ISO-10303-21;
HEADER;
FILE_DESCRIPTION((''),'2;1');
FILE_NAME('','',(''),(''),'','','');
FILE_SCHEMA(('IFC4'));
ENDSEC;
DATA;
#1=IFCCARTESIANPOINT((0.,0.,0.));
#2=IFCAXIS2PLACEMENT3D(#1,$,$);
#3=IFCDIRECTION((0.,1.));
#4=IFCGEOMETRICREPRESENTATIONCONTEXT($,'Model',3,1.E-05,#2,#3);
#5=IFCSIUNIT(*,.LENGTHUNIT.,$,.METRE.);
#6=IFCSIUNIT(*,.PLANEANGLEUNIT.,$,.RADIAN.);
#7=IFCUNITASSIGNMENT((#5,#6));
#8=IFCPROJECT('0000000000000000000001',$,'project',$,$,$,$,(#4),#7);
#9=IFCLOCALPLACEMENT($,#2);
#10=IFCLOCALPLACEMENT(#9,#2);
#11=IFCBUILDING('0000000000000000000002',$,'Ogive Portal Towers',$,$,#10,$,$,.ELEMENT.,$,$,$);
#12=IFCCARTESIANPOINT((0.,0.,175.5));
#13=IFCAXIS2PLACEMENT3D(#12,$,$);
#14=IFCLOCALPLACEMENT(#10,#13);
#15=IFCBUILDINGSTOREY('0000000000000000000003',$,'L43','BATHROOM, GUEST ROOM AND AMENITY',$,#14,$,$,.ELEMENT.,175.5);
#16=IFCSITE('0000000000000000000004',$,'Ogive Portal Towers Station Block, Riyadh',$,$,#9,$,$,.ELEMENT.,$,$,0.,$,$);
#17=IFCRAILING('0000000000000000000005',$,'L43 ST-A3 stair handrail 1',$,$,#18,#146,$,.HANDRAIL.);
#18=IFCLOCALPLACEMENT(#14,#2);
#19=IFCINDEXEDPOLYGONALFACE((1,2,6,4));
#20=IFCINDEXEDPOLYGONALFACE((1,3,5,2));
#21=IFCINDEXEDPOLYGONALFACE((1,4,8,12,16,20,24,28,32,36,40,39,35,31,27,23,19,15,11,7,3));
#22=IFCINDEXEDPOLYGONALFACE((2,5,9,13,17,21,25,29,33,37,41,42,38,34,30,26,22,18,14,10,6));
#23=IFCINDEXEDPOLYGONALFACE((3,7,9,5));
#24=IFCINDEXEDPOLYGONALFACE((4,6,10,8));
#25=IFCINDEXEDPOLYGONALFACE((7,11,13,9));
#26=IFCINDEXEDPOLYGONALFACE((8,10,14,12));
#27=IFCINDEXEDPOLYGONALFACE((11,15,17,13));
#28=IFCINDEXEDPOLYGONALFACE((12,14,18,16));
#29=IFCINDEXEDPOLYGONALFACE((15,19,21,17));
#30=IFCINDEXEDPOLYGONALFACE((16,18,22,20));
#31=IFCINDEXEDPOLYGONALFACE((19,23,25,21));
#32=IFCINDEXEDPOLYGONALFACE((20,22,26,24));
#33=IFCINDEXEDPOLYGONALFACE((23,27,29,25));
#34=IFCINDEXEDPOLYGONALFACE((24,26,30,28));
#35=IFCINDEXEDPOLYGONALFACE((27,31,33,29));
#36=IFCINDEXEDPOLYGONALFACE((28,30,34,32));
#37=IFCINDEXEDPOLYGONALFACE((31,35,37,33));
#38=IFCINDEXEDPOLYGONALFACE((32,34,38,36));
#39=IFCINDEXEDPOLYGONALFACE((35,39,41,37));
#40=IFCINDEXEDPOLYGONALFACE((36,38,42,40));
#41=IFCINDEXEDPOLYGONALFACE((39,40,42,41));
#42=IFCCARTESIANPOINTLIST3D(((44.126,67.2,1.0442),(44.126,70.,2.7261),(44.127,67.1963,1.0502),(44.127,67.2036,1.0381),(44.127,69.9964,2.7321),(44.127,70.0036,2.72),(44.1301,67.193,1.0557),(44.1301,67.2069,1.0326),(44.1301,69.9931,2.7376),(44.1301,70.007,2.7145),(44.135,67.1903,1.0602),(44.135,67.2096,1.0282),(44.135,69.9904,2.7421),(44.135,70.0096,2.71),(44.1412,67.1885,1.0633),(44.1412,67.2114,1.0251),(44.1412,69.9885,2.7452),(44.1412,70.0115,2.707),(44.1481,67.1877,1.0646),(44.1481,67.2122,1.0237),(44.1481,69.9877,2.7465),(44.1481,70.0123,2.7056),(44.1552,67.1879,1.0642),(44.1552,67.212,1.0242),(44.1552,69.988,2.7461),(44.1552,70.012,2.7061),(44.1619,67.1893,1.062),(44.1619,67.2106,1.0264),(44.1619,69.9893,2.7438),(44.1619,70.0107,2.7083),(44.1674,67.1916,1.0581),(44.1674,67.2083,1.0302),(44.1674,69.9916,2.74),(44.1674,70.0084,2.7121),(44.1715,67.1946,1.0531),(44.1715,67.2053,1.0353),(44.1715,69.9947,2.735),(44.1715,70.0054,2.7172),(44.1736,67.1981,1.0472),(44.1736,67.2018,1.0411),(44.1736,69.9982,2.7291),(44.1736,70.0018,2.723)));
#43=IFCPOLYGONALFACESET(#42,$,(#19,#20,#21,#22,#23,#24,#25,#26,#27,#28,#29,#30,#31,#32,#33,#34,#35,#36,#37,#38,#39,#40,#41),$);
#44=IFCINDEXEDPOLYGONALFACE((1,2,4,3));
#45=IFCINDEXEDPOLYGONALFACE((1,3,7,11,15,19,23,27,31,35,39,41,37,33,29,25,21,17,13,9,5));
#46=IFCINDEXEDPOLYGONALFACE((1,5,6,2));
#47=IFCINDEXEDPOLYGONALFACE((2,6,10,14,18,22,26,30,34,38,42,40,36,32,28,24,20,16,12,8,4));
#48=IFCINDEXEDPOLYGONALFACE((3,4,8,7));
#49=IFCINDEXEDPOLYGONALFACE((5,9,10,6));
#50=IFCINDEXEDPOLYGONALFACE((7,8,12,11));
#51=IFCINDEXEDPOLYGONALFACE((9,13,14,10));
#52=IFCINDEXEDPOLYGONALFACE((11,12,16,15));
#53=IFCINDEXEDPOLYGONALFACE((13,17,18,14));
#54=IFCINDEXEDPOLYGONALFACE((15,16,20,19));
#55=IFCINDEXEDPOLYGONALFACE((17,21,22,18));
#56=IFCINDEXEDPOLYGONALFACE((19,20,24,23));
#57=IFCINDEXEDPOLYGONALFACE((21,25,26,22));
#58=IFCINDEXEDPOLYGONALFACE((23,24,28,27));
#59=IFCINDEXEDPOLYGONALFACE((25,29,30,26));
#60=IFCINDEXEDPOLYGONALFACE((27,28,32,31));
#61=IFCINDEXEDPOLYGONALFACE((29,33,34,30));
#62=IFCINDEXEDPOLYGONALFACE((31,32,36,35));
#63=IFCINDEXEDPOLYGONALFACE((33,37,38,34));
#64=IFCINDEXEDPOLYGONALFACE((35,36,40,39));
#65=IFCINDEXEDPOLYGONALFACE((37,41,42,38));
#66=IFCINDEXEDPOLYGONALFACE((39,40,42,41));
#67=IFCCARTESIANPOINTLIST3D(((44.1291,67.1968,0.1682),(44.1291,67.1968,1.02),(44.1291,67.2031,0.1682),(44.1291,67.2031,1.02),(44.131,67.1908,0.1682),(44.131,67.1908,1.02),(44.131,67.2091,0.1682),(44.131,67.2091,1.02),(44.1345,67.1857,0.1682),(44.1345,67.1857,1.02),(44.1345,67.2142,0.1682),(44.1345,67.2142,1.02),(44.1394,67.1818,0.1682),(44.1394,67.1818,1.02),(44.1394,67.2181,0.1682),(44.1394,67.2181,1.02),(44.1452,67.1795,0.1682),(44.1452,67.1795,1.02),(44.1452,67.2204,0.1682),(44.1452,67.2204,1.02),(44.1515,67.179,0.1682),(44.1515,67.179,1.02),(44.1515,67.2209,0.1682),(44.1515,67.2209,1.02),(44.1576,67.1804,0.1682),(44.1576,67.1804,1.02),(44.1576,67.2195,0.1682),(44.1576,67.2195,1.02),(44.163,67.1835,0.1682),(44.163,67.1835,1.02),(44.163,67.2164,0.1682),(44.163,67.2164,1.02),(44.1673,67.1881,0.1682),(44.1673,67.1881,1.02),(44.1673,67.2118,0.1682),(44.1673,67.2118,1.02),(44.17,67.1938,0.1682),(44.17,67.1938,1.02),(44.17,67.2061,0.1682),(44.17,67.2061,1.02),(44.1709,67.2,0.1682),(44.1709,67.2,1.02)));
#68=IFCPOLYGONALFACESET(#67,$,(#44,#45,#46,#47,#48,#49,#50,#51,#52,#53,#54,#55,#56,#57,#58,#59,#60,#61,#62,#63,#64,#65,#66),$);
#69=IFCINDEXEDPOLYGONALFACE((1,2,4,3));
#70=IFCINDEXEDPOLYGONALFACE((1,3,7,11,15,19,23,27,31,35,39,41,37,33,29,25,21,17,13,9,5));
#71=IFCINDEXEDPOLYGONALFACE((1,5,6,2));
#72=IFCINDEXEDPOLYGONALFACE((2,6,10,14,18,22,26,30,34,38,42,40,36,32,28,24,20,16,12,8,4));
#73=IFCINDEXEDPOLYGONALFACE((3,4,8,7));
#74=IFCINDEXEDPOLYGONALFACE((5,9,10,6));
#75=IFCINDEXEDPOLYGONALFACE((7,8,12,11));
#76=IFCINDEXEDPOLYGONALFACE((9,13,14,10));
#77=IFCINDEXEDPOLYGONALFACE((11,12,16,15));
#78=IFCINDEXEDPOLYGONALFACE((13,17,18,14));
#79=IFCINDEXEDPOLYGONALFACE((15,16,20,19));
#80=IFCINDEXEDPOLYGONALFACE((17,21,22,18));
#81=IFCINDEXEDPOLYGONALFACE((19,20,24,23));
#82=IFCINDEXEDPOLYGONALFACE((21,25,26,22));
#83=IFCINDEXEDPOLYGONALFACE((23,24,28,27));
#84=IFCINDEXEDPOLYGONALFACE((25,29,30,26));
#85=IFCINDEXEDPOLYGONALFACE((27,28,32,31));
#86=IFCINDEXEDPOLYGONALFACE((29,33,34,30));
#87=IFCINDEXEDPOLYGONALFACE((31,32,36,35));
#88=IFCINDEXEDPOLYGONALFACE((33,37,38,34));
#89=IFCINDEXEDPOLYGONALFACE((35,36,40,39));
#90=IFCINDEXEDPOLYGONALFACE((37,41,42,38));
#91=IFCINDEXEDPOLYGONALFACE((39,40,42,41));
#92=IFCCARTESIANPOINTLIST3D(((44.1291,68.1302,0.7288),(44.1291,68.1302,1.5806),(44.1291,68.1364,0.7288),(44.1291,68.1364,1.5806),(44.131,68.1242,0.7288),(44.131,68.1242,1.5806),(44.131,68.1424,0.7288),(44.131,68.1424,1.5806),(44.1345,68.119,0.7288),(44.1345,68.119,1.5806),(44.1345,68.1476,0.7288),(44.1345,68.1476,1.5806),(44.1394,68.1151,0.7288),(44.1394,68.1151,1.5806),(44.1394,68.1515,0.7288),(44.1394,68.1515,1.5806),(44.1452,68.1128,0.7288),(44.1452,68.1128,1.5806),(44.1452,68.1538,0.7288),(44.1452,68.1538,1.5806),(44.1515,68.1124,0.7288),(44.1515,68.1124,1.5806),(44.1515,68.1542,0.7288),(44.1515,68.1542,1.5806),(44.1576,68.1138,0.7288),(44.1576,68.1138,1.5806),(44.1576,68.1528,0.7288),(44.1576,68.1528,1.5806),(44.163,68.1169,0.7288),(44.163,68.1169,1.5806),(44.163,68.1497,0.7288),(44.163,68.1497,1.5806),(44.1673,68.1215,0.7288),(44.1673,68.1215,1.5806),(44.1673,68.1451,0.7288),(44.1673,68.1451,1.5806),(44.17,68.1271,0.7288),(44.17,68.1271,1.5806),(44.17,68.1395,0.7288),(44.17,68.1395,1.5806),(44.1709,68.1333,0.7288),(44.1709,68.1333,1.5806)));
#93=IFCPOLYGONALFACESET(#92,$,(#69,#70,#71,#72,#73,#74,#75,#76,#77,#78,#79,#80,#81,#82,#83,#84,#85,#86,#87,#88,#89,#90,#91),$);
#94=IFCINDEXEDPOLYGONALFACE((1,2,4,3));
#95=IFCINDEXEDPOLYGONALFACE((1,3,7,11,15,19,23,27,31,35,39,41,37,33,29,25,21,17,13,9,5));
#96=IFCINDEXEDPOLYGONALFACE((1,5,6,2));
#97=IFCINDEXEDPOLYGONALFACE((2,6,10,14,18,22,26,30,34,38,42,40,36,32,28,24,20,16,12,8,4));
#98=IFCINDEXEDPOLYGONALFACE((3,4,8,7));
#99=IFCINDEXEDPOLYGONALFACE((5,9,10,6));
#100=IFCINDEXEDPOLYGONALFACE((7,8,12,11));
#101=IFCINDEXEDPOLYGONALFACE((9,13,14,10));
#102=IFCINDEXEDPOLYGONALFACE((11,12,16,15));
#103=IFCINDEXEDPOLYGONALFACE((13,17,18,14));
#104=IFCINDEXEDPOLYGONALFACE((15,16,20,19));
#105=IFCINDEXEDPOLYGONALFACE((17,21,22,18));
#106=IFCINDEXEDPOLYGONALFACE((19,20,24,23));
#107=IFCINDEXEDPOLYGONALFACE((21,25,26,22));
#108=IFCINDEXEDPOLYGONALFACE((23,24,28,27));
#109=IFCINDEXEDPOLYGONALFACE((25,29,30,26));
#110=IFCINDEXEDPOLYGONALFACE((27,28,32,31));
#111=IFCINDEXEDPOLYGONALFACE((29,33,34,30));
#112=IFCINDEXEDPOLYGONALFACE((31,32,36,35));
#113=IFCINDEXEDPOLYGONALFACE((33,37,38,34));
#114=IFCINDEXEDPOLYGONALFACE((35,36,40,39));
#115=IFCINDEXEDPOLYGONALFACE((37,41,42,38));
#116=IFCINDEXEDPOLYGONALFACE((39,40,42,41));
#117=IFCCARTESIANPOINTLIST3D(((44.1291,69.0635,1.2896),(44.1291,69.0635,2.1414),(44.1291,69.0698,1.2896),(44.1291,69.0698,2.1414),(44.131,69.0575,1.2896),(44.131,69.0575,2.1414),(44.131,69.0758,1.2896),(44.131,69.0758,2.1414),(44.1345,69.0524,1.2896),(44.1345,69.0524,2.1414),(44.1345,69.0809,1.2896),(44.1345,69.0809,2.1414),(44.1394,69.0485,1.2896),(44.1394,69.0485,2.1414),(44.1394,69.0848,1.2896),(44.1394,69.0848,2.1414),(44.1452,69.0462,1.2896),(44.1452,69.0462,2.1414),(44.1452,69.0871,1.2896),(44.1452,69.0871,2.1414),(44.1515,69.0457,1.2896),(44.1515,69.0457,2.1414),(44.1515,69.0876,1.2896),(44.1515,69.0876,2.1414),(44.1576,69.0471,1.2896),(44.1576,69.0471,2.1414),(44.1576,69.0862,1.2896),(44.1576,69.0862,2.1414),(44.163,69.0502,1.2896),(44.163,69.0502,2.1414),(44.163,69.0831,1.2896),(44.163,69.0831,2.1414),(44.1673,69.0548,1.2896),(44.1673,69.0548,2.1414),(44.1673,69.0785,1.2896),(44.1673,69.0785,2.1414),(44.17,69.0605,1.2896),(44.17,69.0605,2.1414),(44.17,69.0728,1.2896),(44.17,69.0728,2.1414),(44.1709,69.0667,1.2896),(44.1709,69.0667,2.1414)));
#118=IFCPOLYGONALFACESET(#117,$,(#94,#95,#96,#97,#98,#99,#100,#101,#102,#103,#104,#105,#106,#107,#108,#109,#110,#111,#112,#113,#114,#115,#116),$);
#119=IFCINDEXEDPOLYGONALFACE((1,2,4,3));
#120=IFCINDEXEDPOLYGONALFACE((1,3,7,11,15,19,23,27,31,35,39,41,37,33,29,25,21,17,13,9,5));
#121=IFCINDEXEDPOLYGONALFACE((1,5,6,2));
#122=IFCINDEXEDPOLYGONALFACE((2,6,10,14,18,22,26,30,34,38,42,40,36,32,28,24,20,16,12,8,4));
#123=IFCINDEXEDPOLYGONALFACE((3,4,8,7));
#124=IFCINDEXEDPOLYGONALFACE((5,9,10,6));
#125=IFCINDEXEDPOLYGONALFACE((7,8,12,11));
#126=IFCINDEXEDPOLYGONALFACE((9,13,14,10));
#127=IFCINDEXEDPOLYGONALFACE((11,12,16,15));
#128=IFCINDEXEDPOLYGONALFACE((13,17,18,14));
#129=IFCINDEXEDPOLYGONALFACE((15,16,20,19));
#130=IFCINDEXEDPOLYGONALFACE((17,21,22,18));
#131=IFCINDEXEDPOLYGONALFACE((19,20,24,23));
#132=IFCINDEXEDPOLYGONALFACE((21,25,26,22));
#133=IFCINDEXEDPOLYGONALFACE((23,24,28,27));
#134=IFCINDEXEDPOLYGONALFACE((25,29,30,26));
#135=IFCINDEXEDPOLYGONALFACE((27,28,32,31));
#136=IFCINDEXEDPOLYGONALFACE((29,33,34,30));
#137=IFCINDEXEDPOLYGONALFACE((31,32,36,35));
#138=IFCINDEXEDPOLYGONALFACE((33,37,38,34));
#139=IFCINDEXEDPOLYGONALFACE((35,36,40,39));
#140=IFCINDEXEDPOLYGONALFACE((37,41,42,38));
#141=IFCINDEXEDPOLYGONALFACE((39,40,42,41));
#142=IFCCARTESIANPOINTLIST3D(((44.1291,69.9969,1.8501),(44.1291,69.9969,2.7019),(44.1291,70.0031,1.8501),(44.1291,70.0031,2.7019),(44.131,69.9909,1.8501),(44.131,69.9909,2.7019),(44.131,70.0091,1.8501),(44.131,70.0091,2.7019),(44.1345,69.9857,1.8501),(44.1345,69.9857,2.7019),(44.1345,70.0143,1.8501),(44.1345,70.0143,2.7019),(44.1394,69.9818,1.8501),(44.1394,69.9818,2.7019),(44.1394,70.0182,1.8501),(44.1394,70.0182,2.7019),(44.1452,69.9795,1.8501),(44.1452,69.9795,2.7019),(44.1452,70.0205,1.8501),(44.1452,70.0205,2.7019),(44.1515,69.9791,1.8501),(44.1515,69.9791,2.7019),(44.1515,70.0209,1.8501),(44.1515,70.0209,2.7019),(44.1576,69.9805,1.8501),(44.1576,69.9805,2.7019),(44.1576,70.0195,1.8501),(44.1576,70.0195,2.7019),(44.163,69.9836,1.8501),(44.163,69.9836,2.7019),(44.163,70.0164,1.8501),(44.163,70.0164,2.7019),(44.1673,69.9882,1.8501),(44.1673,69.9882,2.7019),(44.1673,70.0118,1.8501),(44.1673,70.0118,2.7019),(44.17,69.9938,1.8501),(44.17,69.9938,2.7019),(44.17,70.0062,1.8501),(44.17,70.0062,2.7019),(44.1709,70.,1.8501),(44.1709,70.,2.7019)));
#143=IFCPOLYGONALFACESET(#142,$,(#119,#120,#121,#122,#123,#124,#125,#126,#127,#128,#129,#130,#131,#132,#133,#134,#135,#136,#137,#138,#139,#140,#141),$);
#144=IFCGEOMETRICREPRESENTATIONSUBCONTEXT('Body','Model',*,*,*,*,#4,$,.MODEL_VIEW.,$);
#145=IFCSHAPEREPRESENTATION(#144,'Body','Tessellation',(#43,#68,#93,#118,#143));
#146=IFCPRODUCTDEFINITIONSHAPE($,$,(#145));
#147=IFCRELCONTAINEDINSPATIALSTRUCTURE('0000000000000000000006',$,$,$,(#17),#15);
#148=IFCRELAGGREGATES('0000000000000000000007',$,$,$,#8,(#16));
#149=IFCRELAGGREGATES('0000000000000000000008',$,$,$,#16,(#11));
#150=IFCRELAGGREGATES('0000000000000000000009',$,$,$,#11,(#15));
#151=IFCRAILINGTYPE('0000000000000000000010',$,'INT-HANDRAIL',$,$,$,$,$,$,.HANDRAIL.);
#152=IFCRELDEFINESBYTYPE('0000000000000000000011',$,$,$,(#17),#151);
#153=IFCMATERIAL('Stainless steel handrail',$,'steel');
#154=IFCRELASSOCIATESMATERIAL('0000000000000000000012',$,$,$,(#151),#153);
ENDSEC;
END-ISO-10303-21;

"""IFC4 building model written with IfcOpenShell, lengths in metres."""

from ifc_helpers import new_model, si_unit, direction, frame, origin, origin_2d, place, context, subcontext, project, spatial, circle, extrude, material, type_object, element, save


model = new_model("IFC4")

# Units and contexts
model_context = context("Model", 3, precision=1e-05, world=origin(), true_north=direction((0.0, 1.0)))
body_context = subcontext(model_context, "Body", "Model", "MODEL_VIEW")
ifc_project = project(units=[si_unit("LENGTHUNIT", "METRE"), si_unit("PLANEANGLEUNIT", "RADIAN")], contexts=[model_context])

# Site, building, storey
site_placement = place(None, origin())
site = spatial("IfcSite", under=ifc_project, at=site_placement, Name="Ogive Portal Towers Station Block, Riyadh", CompositionType="ELEMENT", RefElevation=0.0)
building_placement = place(site_placement, origin())
building = spatial("IfcBuilding", under=site, at=building_placement, Name="Ogive Portal Towers", CompositionType="ELEMENT")
storey_placement = place(building_placement, frame((0.0, 0.0, 175.5)))
storey = spatial("IfcBuildingStorey", under=building, at=storey_placement, Name="L43", Description="BATHROOM, GUEST ROOM AND AMENITY", CompositionType="ELEMENT", Elevation=175.5)

# Railing
ifc_material_1 = material(Name="Stainless steel handrail", Category="steel")
railing_type_1 = type_object("IfcRailingType", Name="INT-HANDRAIL", PredefinedType="HANDRAIL", material=ifc_material_1)
railing_1_placement = place(storey_placement, frame((44.1499, 67.2, 0.1682)))
element("IfcRailing", 1, at=railing_1_placement, inside=storey, type_object=railing_type_1, Name="L43 ST-A3 stair handrail 1", PredefinedType="HANDRAIL", context=body_context, shape_type="SweptSolid", body=[
    extrude(circle(Radius=0.0239, at=origin_2d()), frame((0.0, 0.0, 0.876), z_axis=(0.0, 0.857242, 0.514913), x_axis=(-1.0, 0.0, 0.0)), (0.0, 0.0, 1.0), 3.2664),
    extrude(circle(Radius=0.021, at=origin_2d()), origin(), (0.0, 0.0, 1.0), 0.8518),
    extrude(circle(Radius=0.021, at=origin_2d()), frame((0.0, 0.9333, 0.5605)), (0.0, 0.0, 1.0), 0.8518),
    extrude(circle(Radius=0.021, at=origin_2d()), frame((0.0, 1.8667, 1.1213)), (0.0, 0.0, 1.0), 0.8518),
    extrude(circle(Radius=0.021, at=origin_2d()), frame((0.0, 2.8, 1.6819)), (0.0, 0.0, 1.0), 0.8518),
])

save(model, "model.ifc")
